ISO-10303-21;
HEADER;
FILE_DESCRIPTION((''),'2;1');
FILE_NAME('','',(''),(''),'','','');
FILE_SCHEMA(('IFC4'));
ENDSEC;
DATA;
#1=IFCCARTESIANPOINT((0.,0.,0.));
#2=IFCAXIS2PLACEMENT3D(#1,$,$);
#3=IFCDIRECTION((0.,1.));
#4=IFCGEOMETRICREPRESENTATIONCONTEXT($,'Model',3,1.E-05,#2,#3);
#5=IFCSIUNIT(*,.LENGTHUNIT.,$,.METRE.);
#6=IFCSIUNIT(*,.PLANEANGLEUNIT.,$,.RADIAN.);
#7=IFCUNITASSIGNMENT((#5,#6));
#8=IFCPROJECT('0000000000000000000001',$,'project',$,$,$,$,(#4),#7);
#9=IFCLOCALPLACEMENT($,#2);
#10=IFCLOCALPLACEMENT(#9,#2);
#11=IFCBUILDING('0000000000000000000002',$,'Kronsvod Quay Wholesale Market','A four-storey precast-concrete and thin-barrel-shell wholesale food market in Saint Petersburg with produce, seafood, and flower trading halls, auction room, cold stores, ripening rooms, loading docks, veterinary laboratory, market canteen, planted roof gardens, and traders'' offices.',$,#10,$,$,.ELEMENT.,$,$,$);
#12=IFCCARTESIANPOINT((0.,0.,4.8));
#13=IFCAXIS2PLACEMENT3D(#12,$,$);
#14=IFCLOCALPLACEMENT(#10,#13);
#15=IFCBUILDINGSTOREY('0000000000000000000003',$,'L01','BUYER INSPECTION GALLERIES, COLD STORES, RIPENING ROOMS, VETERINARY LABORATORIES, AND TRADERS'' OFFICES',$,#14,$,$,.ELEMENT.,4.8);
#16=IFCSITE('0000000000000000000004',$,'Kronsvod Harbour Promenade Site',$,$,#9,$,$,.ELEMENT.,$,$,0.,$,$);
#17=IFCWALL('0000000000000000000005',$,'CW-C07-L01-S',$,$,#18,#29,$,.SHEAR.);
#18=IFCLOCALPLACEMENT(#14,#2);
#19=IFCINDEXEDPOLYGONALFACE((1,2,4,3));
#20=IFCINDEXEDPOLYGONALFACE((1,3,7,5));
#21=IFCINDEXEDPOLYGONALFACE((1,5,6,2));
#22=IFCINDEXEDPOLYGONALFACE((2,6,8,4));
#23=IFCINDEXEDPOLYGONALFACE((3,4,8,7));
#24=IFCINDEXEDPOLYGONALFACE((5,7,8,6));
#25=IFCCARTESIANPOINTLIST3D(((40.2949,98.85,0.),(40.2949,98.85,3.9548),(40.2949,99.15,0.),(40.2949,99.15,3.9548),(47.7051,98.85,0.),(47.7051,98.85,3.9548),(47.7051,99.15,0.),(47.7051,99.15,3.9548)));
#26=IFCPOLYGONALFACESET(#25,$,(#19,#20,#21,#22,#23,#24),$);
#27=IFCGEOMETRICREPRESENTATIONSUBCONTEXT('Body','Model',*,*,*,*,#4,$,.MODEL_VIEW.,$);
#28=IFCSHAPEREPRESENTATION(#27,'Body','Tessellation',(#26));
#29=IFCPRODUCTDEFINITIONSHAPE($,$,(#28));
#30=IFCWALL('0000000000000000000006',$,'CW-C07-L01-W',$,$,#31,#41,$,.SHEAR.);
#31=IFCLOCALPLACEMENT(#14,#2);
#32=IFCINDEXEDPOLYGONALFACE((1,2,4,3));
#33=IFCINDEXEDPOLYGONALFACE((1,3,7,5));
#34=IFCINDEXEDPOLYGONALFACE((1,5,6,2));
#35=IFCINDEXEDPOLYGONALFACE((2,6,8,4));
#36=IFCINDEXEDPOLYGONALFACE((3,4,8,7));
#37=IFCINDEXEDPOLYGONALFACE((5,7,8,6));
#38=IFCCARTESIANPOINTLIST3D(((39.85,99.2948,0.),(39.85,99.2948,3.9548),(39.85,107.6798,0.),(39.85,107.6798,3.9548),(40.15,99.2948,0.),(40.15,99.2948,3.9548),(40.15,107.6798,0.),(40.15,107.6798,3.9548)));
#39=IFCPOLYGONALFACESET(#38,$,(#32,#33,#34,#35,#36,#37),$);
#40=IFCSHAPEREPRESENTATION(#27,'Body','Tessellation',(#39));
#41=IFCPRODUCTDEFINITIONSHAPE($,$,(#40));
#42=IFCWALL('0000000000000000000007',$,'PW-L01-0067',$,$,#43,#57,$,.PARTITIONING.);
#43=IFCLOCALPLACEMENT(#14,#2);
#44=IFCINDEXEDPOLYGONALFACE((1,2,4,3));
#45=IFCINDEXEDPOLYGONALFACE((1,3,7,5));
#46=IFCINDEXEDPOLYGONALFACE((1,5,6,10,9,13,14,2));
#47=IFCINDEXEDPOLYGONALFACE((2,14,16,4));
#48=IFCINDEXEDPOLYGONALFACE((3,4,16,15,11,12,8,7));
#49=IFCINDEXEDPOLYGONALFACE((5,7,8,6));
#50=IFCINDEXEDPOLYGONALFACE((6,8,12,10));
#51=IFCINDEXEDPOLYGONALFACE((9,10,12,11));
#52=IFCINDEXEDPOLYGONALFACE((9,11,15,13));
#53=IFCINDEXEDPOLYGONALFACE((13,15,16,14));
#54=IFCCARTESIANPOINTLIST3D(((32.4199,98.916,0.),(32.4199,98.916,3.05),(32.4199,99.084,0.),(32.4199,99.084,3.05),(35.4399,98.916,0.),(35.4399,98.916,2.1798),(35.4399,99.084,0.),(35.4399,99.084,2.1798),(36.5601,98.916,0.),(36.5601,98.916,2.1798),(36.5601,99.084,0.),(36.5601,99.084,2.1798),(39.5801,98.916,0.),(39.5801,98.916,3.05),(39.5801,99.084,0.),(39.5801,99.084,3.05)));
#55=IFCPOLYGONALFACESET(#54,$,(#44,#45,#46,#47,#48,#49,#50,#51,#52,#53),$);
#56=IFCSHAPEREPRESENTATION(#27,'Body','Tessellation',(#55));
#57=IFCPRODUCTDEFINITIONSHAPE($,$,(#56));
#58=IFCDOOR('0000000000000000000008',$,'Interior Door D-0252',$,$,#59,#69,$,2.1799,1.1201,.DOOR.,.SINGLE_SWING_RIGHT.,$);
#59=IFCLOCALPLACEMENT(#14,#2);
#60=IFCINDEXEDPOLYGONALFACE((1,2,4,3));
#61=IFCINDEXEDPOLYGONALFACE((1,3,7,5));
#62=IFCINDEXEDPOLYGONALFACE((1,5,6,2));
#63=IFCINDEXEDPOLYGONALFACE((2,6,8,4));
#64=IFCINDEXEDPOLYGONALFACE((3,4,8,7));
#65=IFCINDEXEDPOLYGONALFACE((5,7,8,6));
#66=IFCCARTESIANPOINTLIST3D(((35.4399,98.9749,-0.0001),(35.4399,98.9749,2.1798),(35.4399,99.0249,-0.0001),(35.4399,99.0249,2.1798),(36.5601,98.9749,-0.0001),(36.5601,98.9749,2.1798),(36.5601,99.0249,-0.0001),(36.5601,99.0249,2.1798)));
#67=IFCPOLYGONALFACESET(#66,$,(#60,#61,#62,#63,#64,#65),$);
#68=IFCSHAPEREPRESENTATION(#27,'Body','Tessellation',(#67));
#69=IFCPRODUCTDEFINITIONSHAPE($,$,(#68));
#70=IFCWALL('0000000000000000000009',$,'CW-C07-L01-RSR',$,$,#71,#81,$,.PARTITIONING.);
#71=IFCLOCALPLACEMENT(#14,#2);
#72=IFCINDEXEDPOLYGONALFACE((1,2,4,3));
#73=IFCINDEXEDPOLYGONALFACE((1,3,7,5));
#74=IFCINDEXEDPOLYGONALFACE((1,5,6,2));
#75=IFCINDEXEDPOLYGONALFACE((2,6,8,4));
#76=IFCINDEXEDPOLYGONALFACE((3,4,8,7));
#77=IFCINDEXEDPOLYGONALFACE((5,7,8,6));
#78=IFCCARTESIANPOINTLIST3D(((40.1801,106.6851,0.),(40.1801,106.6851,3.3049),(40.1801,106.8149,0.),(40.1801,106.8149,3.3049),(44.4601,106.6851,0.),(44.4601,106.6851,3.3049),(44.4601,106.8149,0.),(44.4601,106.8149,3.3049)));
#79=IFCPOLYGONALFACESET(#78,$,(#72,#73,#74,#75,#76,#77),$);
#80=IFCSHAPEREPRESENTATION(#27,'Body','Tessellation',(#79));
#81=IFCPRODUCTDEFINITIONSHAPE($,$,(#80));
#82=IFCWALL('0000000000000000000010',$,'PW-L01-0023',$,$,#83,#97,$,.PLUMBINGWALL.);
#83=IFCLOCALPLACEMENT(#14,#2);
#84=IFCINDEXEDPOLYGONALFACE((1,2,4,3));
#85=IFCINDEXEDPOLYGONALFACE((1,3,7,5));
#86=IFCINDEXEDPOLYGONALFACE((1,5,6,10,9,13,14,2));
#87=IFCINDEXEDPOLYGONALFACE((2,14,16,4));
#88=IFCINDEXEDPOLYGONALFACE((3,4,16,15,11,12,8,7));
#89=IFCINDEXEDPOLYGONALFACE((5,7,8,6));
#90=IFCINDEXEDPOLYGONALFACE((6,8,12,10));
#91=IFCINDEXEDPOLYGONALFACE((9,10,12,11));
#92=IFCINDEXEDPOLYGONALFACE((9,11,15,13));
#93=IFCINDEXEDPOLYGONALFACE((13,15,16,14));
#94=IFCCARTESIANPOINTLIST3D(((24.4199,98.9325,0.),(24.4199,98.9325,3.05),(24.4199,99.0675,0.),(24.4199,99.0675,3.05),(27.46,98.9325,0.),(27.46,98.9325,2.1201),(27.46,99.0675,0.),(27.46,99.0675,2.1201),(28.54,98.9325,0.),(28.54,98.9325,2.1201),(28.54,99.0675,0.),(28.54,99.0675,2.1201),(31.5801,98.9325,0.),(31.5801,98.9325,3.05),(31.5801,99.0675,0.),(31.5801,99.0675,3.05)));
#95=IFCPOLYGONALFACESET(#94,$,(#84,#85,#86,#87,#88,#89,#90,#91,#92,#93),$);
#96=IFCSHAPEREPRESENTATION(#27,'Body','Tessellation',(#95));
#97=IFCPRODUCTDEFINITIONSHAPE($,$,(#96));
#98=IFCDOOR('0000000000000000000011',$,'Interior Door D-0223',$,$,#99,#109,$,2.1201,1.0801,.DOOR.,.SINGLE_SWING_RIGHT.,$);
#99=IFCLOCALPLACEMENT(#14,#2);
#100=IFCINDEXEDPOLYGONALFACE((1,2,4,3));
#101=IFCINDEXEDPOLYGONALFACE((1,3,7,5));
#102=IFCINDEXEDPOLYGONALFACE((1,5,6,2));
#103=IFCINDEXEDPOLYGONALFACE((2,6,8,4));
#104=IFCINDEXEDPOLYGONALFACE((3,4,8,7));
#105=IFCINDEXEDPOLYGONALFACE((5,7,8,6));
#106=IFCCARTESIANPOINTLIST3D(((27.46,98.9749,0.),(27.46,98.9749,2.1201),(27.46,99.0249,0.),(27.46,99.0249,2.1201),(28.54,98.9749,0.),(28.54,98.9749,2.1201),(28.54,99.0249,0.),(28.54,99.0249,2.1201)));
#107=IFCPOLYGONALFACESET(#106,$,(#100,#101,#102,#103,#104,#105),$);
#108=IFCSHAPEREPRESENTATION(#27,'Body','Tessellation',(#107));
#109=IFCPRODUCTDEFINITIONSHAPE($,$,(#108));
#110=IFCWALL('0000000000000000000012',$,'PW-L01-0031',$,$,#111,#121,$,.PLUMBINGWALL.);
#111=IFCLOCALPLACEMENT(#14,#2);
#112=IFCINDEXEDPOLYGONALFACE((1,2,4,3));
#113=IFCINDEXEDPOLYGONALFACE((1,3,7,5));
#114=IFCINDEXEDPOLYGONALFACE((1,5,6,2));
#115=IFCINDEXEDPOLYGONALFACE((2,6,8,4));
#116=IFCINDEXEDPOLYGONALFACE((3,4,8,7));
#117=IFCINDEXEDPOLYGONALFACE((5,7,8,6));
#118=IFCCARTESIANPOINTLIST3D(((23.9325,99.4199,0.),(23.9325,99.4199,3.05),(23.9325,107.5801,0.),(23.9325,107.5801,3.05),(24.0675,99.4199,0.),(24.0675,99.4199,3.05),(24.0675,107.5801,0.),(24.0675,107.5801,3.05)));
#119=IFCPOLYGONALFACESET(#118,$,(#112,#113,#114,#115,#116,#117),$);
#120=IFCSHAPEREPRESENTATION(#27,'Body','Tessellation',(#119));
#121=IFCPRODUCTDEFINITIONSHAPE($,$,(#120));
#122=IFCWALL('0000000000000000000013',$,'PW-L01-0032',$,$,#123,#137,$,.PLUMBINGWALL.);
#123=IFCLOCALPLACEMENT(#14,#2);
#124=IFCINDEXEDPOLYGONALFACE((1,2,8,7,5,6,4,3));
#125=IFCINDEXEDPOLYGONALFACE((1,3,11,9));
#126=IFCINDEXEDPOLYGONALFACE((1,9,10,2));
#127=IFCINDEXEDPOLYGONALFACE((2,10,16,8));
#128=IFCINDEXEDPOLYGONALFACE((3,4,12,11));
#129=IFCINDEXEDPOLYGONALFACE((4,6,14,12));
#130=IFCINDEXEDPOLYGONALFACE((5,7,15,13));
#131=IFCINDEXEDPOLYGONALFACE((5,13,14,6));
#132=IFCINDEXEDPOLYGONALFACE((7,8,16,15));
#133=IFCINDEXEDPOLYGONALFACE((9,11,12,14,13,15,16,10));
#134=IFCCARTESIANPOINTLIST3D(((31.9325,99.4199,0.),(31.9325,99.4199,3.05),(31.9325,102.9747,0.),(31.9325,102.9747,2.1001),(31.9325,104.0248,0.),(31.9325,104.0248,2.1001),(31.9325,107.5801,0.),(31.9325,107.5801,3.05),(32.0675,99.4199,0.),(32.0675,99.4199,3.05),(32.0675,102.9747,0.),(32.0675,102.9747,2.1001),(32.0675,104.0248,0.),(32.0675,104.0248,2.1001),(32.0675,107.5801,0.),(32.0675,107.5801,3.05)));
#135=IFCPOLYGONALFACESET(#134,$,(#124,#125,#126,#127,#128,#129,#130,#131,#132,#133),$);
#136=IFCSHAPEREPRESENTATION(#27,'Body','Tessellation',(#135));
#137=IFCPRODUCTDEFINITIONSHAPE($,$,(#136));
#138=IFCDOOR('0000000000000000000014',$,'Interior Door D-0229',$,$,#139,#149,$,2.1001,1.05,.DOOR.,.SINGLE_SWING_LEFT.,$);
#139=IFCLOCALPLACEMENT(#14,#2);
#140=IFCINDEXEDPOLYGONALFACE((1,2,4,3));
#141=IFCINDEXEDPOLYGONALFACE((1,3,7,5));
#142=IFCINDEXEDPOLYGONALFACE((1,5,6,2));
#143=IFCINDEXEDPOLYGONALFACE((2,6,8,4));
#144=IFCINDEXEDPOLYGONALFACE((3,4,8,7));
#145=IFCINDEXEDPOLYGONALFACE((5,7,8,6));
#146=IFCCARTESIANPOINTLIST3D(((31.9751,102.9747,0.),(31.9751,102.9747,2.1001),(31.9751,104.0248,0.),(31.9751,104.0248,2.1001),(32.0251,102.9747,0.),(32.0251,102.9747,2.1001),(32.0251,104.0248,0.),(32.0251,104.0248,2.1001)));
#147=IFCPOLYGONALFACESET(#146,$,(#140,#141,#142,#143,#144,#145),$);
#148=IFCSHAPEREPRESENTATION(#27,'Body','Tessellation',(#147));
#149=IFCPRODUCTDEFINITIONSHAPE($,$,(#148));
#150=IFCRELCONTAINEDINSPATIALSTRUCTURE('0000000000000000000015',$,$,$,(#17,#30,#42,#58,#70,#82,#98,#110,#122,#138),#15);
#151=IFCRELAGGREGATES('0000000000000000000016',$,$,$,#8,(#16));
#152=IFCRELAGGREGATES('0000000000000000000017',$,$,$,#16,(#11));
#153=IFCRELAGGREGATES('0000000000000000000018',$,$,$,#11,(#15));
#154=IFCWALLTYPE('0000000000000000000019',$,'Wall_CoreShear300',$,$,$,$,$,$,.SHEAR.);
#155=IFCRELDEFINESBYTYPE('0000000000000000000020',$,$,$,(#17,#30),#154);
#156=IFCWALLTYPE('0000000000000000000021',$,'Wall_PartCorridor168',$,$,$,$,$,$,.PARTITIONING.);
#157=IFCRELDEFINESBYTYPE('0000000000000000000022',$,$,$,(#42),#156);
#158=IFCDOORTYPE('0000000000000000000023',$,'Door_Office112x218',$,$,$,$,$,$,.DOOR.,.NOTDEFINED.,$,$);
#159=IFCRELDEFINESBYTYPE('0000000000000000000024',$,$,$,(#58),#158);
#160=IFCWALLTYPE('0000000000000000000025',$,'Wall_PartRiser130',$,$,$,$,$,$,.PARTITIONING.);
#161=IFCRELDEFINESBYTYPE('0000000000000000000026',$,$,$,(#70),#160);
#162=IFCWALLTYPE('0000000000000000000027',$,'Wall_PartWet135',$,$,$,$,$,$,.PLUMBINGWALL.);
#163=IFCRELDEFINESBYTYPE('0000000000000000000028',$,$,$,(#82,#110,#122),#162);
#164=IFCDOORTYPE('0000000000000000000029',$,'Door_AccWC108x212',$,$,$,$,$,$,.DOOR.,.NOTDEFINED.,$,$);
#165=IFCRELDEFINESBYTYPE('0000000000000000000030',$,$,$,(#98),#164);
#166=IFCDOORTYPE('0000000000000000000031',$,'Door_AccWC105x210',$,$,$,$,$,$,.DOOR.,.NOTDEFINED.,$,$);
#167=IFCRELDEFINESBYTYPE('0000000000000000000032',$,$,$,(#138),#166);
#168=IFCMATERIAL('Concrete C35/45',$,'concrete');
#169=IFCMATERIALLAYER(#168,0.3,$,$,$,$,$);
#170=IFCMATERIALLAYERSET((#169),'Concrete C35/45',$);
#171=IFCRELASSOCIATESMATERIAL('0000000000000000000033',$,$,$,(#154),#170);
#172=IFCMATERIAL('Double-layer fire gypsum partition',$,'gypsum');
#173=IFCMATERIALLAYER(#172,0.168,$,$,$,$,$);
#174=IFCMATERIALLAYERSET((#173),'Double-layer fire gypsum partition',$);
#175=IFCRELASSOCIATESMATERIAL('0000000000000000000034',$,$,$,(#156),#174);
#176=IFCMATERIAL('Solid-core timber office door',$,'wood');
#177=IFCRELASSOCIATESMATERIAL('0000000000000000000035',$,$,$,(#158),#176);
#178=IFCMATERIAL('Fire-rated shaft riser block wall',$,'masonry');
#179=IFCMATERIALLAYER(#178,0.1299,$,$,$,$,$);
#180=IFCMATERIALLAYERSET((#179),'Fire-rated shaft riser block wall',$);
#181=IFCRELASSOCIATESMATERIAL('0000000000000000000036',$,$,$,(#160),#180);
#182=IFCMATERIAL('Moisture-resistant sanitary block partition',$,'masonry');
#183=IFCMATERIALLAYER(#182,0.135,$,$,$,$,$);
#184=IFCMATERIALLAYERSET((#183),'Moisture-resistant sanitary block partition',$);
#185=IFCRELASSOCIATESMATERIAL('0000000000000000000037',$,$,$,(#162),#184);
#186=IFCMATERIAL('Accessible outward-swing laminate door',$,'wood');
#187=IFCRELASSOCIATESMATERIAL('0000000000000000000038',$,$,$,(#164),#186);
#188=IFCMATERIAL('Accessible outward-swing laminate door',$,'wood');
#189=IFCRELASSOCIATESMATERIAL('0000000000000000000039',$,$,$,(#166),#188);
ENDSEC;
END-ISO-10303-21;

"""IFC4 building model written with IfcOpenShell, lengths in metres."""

from ifc_helpers import new_model, si_unit, direction, frame, frame_2d, origin, place, context, subcontext, project, spatial, rectangle, extrude, material, layer, layer_set, type_object, element, fill, save


model = new_model("IFC4")

# Units and contexts
model_context = context("Model", 3, precision=1e-05, world=origin(), true_north=direction((0.0, 1.0)))
body_context = subcontext(model_context, "Body", "Model", "MODEL_VIEW")
ifc_project = project(units=[si_unit("LENGTHUNIT", "METRE"), si_unit("PLANEANGLEUNIT", "RADIAN")], contexts=[model_context])

# Site, building, storey
site_placement = place(None, origin())
site = spatial("IfcSite", under=ifc_project, at=site_placement, Name="Kronsvod Harbour Promenade Site", CompositionType="ELEMENT", RefElevation=0.0)
building_placement = place(site_placement, origin())
building = spatial("IfcBuilding", under=site, at=building_placement, Name="Kronsvod Quay Wholesale Market", Description="A four-storey precast-concrete and thin-barrel-shell wholesale food market in Saint Petersburg with produce, seafood, and flower trading halls, auction room, cold stores, ripening rooms, loading docks, veterinary laboratory, market canteen, planted roof gardens, and traders' offices.", CompositionType="ELEMENT")
storey_placement = place(building_placement, frame((0.0, 0.0, 4.8)))
storey = spatial("IfcBuildingStorey", under=building, at=storey_placement, Name="L01", Description="BUYER INSPECTION GALLERIES, COLD STORES, RIPENING ROOMS, VETERINARY LABORATORIES, AND TRADERS' OFFICES", CompositionType="ELEMENT", Elevation=4.8)

# Walls
ifc_material_1 = material(Name="Concrete C35/45", Category="concrete")
ifc_layer_1 = layer(ifc_material_1, 0.3)
ifc_layer_set_1 = layer_set([ifc_layer_1], Name="Concrete C35/45")
wall_type_1 = type_object("IfcWallType", Name="Wall_CoreShear300", PredefinedType="SHEAR", material=ifc_layer_set_1)
wall_1_placement = place(storey_placement, frame((40.2949, 99.0, 0.0), z_axis=(0.0, 0.0, 1.0), x_axis=(1.0, 0.0, 0.0)))
element("IfcWall", 1, at=wall_1_placement, inside=storey, type_object=wall_type_1, Name="CW-C07-L01-S", PredefinedType="SHEAR", context=body_context, shape_type="SweptSolid", body=[
    extrude(rectangle(XDim=7.4102, YDim=0.3, at=frame_2d((3.7051, 0.0))), origin(), (0.0, 0.0, 1.0), 3.9548),
])
wall_2_placement = place(storey_placement, frame((40.0, 99.2949, 0.0), z_axis=(0.0, 0.0, 1.0), x_axis=(0.0, 1.0, 0.0)))
element("IfcWall", 2, at=wall_2_placement, inside=storey, type_object=wall_type_1, Name="CW-C07-L01-W", PredefinedType="SHEAR", context=body_context, shape_type="SweptSolid", body=[
    extrude(rectangle(XDim=8.385, YDim=0.3, at=frame_2d((4.1924, 0.0))), origin(), (0.0, 0.0, 1.0), 3.9548),
])

# Wall, opening, door
ifc_material_2 = material(Name="Double-layer fire gypsum partition", Category="gypsum")
ifc_layer_2 = layer(ifc_material_2, 0.168)
ifc_layer_set_2 = layer_set([ifc_layer_2], Name="Double-layer fire gypsum partition")
wall_type_2 = type_object("IfcWallType", Name="Wall_PartCorridor168", PredefinedType="PARTITIONING", material=ifc_layer_set_2)
wall_3_placement = place(storey_placement, frame((32.4199, 99.0, 0.0), z_axis=(0.0, 0.0, 1.0), x_axis=(1.0, 0.0, 0.0)))
wall_3 = element("IfcWall", 3, at=wall_3_placement, inside=storey, type_object=wall_type_2, Name="PW-L01-0067", PredefinedType="PARTITIONING", context=body_context, shape_type="SweptSolid", body=[
    extrude(rectangle(XDim=7.1602, YDim=0.168, at=frame_2d((3.5801, 0.0))), origin(), (0.0, 0.0, 1.0), 3.05),
])
opening_1_placement = place(wall_3_placement, frame((3.02, 0.0, 0.0)))
opening_1 = element("IfcOpeningElement", 4, at=opening_1_placement, cuts=wall_3, PredefinedType="OPENING", context=body_context, shape_type="SweptSolid", body=[
    extrude(rectangle(XDim=1.1201, YDim=2.1799, at=frame_2d((0.5601, 1.0898))), frame((0.0, 0.094, 0.0), z_axis=(0.0, -1.0, 0.0), x_axis=(1.0, 0.0, 0.0)), (0.0, 0.0, 1.0), 0.188),
])
ifc_material_3 = material(Name="Solid-core timber office door", Category="wood")
door_type_1 = type_object("IfcDoorType", Name="Door_Office112x218", OperationType="NOTDEFINED", PredefinedType="DOOR", material=ifc_material_3)
door_1_placement = place(opening_1_placement, origin())
door_1 = element("IfcDoor", 5, at=door_1_placement, inside=storey, type_object=door_type_1, Name="Interior Door D-0252", OperationType="SINGLE_SWING_RIGHT", OverallHeight=2.1799, OverallWidth=1.1201, PredefinedType="DOOR", context=body_context, shape_type="SweptSolid", body=[
    extrude(rectangle(XDim=1.1201, YDim=2.1799, at=frame_2d((0.5601, 1.0898))), frame((0.0, 0.0249, 0.0), z_axis=(0.0, -1.0, 0.0), x_axis=(1.0, 0.0, 0.0)), (0.0, 0.0, 1.0), 0.05),
])
fill(opening_1, door_1)

# Wall
ifc_material_4 = material(Name="Fire-rated shaft riser block wall", Category="masonry")
ifc_layer_3 = layer(ifc_material_4, 0.1299)
ifc_layer_set_3 = layer_set([ifc_layer_3], Name="Fire-rated shaft riser block wall")
wall_type_3 = type_object("IfcWallType", Name="Wall_PartRiser130", PredefinedType="PARTITIONING", material=ifc_layer_set_3)
wall_4_placement = place(storey_placement, frame((40.1799, 106.75, 0.0), z_axis=(0.0, 0.0, 1.0), x_axis=(1.0, 0.0, 0.0)))
element("IfcWall", 6, at=wall_4_placement, inside=storey, type_object=wall_type_3, Name="CW-C07-L01-RSR", PredefinedType="PARTITIONING", context=body_context, shape_type="SweptSolid", body=[
    extrude(rectangle(XDim=4.28, YDim=0.1299, at=frame_2d((2.1401, 0.0))), origin(), (0.0, 0.0, 1.0), 3.3049),
])

# Wall, opening, door
ifc_material_5 = material(Name="Moisture-resistant sanitary block partition", Category="masonry")
ifc_layer_4 = layer(ifc_material_5, 0.135)
ifc_layer_set_4 = layer_set([ifc_layer_4], Name="Moisture-resistant sanitary block partition")
wall_type_4 = type_object("IfcWallType", Name="Wall_PartWet135", PredefinedType="PLUMBINGWALL", material=ifc_layer_set_4)
wall_5_placement = place(storey_placement, frame((24.4199, 99.0, 0.0), z_axis=(0.0, 0.0, 1.0), x_axis=(1.0, 0.0, 0.0)))
wall_5 = element("IfcWall", 7, at=wall_5_placement, inside=storey, type_object=wall_type_4, Name="PW-L01-0023", PredefinedType="PLUMBINGWALL", context=body_context, shape_type="SweptSolid", body=[
    extrude(rectangle(XDim=7.1602, YDim=0.135, at=frame_2d((3.5801, 0.0))), origin(), (0.0, 0.0, 1.0), 3.05),
])
opening_2_placement = place(wall_5_placement, frame((3.04, 0.0, 0.0)))
opening_2 = element("IfcOpeningElement", 8, at=opening_2_placement, cuts=wall_5, PredefinedType="OPENING", context=body_context, shape_type="SweptSolid", body=[
    extrude(rectangle(XDim=1.0801, YDim=2.1201, at=frame_2d((0.54, 1.0601))), frame((0.0, 0.0776, 0.0), z_axis=(0.0, -1.0, 0.0), x_axis=(1.0, 0.0, 0.0)), (0.0, 0.0, 1.0), 0.155),
])
ifc_material_6 = material(Name="Accessible outward-swing laminate door", Category="wood")
door_type_2 = type_object("IfcDoorType", Name="Door_AccWC108x212", OperationType="NOTDEFINED", PredefinedType="DOOR", material=ifc_material_6)
door_2_placement = place(opening_2_placement, origin())
door_2 = element("IfcDoor", 9, at=door_2_placement, inside=storey, type_object=door_type_2, Name="Interior Door D-0223", OperationType="SINGLE_SWING_RIGHT", OverallHeight=2.1201, OverallWidth=1.0801, PredefinedType="DOOR", context=body_context, shape_type="SweptSolid", body=[
    extrude(rectangle(XDim=1.0801, YDim=2.1201, at=frame_2d((0.54, 1.0601))), frame((0.0, 0.0249, 0.0), z_axis=(0.0, -1.0, 0.0), x_axis=(1.0, 0.0, 0.0)), (0.0, 0.0, 1.0), 0.05),
])
fill(opening_2, door_2)

# Wall
wall_6_placement = place(storey_placement, frame((24.0, 99.4199, 0.0), z_axis=(0.0, 0.0, 1.0), x_axis=(0.0, 1.0, 0.0)))
element("IfcWall", 10, at=wall_6_placement, inside=storey, type_object=wall_type_4, Name="PW-L01-0031", PredefinedType="PLUMBINGWALL", context=body_context, shape_type="SweptSolid", body=[
    extrude(rectangle(XDim=8.1602, YDim=0.135, at=frame_2d((4.0801, 0.0))), origin(), (0.0, 0.0, 1.0), 3.05),
])

# Wall, opening, door
wall_7_placement = place(storey_placement, frame((32.0, 99.4199, 0.0), z_axis=(0.0, 0.0, 1.0), x_axis=(0.0, 1.0, 0.0)))
wall_7 = element("IfcWall", 11, at=wall_7_placement, inside=storey, type_object=wall_type_4, Name="PW-L01-0032", PredefinedType="PLUMBINGWALL", context=body_context, shape_type="SweptSolid", body=[
    extrude(rectangle(XDim=8.1602, YDim=0.135, at=frame_2d((4.0801, 0.0))), origin(), (0.0, 0.0, 1.0), 3.05),
])
opening_3_placement = place(wall_7_placement, frame((3.5549, 0.0, 0.0)))
opening_3 = element("IfcOpeningElement", 12, at=opening_3_placement, cuts=wall_7, PredefinedType="OPENING", context=body_context, shape_type="SweptSolid", body=[
    extrude(rectangle(XDim=1.05, YDim=2.1001, at=frame_2d((0.5249, 1.05))), frame((0.0, 0.0776, 0.0), z_axis=(0.0, -1.0, 0.0), x_axis=(1.0, 0.0, 0.0)), (0.0, 0.0, 1.0), 0.155),
])
ifc_material_7 = material(Name="Accessible outward-swing laminate door", Category="wood")
door_type_3 = type_object("IfcDoorType", Name="Door_AccWC105x210", OperationType="NOTDEFINED", PredefinedType="DOOR", material=ifc_material_7)
door_3_placement = place(opening_3_placement, origin())
door_3 = element("IfcDoor", 13, at=door_3_placement, inside=storey, type_object=door_type_3, Name="Interior Door D-0229", OperationType="SINGLE_SWING_LEFT", OverallHeight=2.1001, OverallWidth=1.05, PredefinedType="DOOR", context=body_context, shape_type="SweptSolid", body=[
    extrude(rectangle(XDim=1.05, YDim=2.1001, at=frame_2d((0.5249, 1.05))), frame((0.0, 0.0249, 0.0), z_axis=(0.0, -1.0, 0.0), x_axis=(1.0, 0.0, 0.0)), (0.0, 0.0, 1.0), 0.05),
])
fill(opening_3, door_3)

save(model, "model.ifc")
